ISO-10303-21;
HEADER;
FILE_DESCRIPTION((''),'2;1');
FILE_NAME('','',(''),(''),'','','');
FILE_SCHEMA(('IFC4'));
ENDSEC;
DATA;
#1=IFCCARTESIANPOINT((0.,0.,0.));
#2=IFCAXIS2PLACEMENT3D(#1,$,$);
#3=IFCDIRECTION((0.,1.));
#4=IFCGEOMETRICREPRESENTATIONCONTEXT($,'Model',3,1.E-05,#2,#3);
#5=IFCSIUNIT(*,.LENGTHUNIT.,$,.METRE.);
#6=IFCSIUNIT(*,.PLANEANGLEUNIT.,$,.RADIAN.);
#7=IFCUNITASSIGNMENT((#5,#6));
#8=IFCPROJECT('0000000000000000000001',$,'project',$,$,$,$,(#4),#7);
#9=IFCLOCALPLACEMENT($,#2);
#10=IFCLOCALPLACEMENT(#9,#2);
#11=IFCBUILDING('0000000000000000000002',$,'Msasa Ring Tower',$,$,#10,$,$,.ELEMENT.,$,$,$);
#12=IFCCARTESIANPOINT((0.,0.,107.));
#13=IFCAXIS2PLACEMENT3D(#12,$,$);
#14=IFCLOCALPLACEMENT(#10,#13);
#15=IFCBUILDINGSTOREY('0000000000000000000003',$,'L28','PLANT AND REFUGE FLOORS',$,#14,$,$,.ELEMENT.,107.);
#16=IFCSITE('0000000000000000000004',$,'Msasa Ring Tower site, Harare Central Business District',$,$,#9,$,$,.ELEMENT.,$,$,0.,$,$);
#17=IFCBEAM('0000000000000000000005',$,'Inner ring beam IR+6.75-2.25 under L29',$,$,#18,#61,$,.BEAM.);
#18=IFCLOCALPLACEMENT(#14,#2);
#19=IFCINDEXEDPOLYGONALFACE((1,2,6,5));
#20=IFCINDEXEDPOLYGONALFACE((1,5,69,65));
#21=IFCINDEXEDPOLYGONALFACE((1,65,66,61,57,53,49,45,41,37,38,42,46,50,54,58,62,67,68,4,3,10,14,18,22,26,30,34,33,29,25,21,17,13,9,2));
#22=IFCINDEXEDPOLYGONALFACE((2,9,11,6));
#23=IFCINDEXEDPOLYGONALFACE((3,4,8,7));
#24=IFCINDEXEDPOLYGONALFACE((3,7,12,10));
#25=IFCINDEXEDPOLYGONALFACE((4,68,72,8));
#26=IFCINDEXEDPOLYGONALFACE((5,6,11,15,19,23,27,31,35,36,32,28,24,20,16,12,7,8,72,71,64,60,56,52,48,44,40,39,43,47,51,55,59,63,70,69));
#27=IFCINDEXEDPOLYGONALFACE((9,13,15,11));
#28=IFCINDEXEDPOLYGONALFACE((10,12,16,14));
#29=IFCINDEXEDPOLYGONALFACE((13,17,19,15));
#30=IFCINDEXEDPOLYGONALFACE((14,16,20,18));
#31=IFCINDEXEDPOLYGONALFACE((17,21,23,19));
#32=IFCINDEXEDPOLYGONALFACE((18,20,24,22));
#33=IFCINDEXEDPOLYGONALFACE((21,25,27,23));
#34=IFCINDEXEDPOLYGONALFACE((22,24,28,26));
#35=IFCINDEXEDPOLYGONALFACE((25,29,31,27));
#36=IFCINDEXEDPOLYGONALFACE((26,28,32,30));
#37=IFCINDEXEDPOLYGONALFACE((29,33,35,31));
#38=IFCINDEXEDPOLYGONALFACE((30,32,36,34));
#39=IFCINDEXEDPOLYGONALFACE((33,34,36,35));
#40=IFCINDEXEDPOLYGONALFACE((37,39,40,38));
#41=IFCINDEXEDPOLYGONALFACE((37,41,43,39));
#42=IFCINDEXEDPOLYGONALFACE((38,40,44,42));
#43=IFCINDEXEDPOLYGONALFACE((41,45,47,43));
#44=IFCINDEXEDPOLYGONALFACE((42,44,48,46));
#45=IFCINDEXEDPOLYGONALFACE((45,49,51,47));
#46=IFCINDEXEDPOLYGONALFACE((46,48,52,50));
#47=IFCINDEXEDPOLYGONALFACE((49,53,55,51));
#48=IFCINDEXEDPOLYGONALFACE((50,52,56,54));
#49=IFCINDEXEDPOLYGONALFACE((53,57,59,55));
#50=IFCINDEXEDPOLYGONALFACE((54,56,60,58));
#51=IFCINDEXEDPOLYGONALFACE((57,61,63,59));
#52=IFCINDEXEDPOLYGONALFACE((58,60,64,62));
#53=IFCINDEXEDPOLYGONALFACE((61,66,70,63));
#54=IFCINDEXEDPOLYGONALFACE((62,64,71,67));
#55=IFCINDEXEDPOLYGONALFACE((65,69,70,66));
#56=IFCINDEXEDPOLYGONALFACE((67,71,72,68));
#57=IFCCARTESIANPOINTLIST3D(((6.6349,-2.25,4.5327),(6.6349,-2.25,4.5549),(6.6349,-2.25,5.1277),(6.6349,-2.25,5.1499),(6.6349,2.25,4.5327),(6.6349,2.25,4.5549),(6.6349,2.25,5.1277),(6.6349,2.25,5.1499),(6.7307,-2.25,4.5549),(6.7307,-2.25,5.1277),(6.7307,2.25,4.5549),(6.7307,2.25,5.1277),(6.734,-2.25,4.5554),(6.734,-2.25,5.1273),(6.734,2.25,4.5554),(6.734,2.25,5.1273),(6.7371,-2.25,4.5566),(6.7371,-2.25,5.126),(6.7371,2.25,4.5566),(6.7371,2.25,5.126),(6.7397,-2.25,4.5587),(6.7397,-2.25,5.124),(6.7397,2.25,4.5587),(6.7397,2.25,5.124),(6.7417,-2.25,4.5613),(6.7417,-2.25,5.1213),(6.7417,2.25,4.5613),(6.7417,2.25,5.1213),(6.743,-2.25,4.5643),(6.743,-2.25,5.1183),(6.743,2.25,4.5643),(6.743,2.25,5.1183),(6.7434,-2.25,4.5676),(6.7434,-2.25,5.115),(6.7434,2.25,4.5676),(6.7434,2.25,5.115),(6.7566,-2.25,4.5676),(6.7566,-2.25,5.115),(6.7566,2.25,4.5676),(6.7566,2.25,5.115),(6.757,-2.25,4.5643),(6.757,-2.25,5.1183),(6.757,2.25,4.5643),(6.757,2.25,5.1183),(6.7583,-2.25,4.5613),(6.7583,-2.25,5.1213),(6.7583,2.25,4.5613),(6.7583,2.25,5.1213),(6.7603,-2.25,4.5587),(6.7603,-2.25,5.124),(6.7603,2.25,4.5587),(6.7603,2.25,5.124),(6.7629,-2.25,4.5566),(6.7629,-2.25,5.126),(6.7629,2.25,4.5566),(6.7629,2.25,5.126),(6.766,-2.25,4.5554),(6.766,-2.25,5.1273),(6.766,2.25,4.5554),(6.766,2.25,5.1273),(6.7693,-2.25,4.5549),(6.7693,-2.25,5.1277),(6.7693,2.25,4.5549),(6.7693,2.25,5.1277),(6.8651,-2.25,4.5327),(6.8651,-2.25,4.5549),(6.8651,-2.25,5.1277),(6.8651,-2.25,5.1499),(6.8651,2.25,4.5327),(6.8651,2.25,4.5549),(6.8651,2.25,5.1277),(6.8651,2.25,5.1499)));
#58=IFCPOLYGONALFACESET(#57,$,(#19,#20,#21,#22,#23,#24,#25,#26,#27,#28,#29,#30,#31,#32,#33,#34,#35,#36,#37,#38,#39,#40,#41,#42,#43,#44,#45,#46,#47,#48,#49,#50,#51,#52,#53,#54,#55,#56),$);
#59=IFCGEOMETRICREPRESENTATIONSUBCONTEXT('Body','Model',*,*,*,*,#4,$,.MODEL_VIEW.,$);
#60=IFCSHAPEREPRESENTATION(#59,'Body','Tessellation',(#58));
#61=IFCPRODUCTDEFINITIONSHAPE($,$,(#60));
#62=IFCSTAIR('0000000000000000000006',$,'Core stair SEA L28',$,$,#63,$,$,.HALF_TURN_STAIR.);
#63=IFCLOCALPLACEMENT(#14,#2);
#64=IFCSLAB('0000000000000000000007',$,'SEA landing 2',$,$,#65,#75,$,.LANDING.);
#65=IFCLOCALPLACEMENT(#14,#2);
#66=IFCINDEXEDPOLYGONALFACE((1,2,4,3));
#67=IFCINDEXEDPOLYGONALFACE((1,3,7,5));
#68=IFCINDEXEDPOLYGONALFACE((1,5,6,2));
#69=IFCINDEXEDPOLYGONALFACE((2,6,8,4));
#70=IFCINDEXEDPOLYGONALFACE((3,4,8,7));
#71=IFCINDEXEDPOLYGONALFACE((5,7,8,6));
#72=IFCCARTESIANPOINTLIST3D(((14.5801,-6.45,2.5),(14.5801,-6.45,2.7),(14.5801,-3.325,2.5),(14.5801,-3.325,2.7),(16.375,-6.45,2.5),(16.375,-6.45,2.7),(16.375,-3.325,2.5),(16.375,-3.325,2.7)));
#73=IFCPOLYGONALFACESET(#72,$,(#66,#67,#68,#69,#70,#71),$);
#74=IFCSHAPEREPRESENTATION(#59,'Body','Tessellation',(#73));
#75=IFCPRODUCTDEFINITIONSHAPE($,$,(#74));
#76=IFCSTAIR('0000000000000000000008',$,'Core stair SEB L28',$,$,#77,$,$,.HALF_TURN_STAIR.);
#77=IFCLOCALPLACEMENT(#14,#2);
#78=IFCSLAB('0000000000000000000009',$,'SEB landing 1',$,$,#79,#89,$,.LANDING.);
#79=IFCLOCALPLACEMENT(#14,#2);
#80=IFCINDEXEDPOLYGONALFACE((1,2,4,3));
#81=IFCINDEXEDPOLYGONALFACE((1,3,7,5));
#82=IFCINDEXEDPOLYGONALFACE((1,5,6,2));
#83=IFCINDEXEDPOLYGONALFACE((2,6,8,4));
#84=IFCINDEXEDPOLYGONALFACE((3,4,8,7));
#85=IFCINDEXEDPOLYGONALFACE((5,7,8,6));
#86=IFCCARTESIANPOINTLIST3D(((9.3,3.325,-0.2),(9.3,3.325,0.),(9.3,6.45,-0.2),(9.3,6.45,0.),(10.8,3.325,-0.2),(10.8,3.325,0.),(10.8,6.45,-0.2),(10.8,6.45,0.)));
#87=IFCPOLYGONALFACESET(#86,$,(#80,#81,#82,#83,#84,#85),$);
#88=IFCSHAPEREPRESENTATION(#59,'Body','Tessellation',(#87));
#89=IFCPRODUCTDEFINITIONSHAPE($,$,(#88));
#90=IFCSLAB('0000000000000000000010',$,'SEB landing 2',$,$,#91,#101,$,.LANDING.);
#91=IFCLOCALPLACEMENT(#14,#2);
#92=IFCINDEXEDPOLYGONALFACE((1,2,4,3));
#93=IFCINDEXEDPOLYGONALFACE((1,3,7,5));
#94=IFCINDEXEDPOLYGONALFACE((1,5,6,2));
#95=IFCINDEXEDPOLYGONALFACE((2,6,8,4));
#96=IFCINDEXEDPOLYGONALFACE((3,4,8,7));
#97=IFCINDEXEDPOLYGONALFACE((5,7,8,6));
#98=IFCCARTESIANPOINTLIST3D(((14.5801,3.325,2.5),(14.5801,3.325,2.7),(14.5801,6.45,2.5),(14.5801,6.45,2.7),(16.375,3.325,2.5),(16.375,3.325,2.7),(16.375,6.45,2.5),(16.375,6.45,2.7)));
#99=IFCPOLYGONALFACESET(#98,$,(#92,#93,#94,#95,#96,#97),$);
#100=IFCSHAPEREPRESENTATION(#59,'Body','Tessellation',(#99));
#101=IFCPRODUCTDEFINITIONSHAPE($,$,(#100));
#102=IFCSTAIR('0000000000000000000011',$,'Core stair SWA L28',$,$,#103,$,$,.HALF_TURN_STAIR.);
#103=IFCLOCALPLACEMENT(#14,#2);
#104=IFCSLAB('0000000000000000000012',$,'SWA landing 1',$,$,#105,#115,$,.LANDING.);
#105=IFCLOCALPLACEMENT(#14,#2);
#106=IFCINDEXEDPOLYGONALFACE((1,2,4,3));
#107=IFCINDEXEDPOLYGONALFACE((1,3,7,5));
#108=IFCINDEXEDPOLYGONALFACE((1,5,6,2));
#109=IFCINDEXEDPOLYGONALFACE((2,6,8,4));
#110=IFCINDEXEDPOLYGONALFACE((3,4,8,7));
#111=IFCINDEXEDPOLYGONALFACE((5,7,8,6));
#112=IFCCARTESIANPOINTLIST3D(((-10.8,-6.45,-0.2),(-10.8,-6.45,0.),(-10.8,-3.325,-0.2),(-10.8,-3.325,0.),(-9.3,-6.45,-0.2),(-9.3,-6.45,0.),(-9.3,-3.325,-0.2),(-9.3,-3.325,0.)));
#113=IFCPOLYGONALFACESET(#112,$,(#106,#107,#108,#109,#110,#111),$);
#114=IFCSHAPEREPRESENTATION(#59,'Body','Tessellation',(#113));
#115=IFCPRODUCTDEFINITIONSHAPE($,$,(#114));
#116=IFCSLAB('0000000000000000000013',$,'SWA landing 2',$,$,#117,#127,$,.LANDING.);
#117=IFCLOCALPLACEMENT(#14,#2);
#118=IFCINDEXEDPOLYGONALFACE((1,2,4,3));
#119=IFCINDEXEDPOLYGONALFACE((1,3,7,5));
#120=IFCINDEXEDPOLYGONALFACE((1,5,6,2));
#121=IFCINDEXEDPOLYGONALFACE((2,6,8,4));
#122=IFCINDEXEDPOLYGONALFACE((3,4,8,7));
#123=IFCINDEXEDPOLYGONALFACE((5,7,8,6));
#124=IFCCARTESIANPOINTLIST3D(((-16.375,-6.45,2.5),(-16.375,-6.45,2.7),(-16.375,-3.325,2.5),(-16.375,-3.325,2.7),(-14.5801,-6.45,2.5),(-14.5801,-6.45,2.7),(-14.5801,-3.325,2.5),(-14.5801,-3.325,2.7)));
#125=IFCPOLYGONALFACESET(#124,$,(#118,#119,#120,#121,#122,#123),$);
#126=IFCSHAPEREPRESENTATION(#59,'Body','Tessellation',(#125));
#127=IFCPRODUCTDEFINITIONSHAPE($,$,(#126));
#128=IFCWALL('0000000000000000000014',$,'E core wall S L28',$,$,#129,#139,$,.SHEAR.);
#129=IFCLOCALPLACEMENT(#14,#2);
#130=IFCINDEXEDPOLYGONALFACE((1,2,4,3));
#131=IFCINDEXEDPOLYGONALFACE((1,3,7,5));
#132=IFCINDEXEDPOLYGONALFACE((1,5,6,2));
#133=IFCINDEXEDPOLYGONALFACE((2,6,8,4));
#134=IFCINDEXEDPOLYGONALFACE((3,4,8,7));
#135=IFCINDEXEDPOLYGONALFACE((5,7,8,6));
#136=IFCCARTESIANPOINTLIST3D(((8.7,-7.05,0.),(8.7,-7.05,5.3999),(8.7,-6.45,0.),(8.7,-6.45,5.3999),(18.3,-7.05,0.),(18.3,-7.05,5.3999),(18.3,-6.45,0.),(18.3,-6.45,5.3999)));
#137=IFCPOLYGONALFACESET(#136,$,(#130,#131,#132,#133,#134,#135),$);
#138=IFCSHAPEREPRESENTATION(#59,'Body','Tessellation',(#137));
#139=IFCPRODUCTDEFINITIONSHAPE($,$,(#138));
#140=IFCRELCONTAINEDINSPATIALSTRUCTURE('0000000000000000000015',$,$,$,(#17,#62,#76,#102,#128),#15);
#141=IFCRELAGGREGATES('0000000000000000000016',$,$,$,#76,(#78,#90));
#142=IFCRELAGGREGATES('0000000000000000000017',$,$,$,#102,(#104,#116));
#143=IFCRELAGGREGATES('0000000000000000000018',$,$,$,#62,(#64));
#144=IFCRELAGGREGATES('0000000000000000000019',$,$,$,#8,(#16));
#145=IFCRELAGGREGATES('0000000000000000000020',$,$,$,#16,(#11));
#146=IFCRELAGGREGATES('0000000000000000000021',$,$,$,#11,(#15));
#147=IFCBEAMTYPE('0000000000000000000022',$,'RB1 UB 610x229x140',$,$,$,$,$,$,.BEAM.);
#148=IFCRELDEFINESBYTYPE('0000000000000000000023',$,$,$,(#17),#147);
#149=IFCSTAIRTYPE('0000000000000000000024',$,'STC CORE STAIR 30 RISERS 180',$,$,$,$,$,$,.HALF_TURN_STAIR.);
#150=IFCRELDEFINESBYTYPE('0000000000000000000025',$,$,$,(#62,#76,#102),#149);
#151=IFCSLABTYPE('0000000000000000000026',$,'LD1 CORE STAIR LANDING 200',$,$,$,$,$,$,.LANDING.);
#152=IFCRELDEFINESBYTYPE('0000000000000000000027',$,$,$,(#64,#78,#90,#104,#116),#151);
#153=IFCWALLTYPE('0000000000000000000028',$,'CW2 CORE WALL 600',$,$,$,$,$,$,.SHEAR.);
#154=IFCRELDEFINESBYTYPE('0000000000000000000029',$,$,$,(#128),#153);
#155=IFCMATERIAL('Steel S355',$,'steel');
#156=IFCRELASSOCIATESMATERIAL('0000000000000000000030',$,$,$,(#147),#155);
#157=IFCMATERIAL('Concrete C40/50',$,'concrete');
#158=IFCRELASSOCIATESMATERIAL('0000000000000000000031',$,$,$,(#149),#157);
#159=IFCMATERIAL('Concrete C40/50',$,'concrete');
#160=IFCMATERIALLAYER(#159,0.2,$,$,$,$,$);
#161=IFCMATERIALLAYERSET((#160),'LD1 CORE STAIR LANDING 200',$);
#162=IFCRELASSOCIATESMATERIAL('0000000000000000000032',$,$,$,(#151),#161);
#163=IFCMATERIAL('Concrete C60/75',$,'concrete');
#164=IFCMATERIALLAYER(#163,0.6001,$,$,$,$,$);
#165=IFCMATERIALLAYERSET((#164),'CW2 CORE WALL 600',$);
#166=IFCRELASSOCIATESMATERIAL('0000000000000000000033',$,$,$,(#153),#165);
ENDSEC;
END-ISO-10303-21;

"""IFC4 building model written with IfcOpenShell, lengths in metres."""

from ifc_helpers import new_model, si_unit, direction, frame, frame_2d, origin, origin_2d, place, context, subcontext, project, spatial, polyline, rectangle, i_section, outline, extrude, material, layer, layer_set, material_profile, profile_set, type_object, element, aggregate, save


model = new_model("IFC4")

# Units and contexts
model_context = context("Model", 3, precision=1e-05, world=origin(), true_north=direction((0.0, 1.0)))
body_context = subcontext(model_context, "Body", "Model", "MODEL_VIEW")
ifc_project = project(units=[si_unit("LENGTHUNIT", "METRE"), si_unit("PLANEANGLEUNIT", "RADIAN")], contexts=[model_context])

# Site, building, storey
site_placement = place(None, origin())
site = spatial("IfcSite", under=ifc_project, at=site_placement, Name="Msasa Ring Tower site, Harare Central Business District", CompositionType="ELEMENT", RefElevation=0.0)
building_placement = place(site_placement, origin())
building = spatial("IfcBuilding", under=site, at=building_placement, Name="Msasa Ring Tower", CompositionType="ELEMENT")
storey_placement = place(building_placement, frame((0.0, 0.0, 107.0)))
storey = spatial("IfcBuildingStorey", under=building, at=storey_placement, Name="L28", Description="PLANT AND REFUGE FLOORS", CompositionType="ELEMENT", Elevation=107.0)

# Beam
ifc_material_1 = material(Name="Steel S355", Category="steel")
ifc_material_profile_1 = material_profile(ifc_material_1, i_section(OverallWidth=0.2302, OverallDepth=0.6172, WebThickness=0.0132, FlangeThickness=0.0222, FilletRadius=0.0127, at=origin_2d()), Name="UB 610x229x140")
ifc_profile_set_1 = profile_set([ifc_material_profile_1], Name="Steel S355")
beam_type_1 = type_object("IfcBeamType", Name="RB1 UB 610x229x140", PredefinedType="BEAM", material=ifc_profile_set_1)
for number, where, z_axis, x_axis, name in (
    (1, (6.75, -2.25, 4.8413), (0.0, 1.0, 0.0), (-1.0, 0.0, 0.0), "Inner ring beam IR+6.75-2.25 under L29"),
):
    element("IfcBeam", number, at=place(storey_placement, frame(where, z_axis=z_axis, x_axis=x_axis)), inside=storey, type_object=beam_type_1, Name=name, PredefinedType="BEAM", context=body_context, shape_type="SweptSolid", body=[
        extrude(i_section(OverallWidth=0.2302, OverallDepth=0.6172, WebThickness=0.0132, FlangeThickness=0.0222, FilletRadius=0.0127, at=origin_2d()), origin(), (0.0, 0.0, 1.0), 4.5),
    ])

# Stair, slab
ifc_material_2 = material(Name="Concrete C40/50", Category="concrete")
stair_type = type_object("IfcStairType", Name="STC CORE STAIR 30 RISERS 180", PredefinedType="HALF_TURN_STAIR", material=ifc_material_2)
stair_1_placement = place(storey_placement, origin())
stair_1 = element("IfcStair", 2, at=stair_1_placement, inside=storey, type_object=stair_type, Name="Core stair SEA L28", PredefinedType="HALF_TURN_STAIR")
ifc_material_3 = material(Name="Concrete C40/50", Category="concrete")
ifc_layer_1 = layer(ifc_material_3, 0.2)
ifc_layer_set_1 = layer_set([ifc_layer_1], Name="LD1 CORE STAIR LANDING 200")
slab_type = type_object("IfcSlabType", Name="LD1 CORE STAIR LANDING 200", PredefinedType="LANDING", material=ifc_layer_set_1)
slab_1_placement = place(storey_placement, frame((0.0, 0.0, 2.5)))
slab_1 = element("IfcSlab", 3, at=slab_1_placement, type_object=slab_type, Name="SEA landing 2", PredefinedType="LANDING", context=body_context, shape_type="SweptSolid", body=[
    extrude(outline(polyline([(14.5801, -6.45), (16.375, -6.45), (16.375, -3.325), (14.5801, -3.325), (14.5801, -6.45)])), origin(), (0.0, 0.0, 1.0), 0.2),
])

# Stairs, slabs
stair_2_placement = place(storey_placement, origin())
stair_2 = element("IfcStair", 4, at=stair_2_placement, inside=storey, type_object=stair_type, Name="Core stair SEB L28", PredefinedType="HALF_TURN_STAIR")
slab_2_placement = place(storey_placement, frame((0.0, 0.0, -0.2)))
slab_2 = element("IfcSlab", 5, at=slab_2_placement, type_object=slab_type, Name="SEB landing 1", PredefinedType="LANDING", context=body_context, shape_type="SweptSolid", body=[
    extrude(outline(polyline([(9.3, 3.325), (10.8, 3.325), (10.8, 6.45), (9.3, 6.45), (9.3, 3.325)])), origin(), (0.0, 0.0, 1.0), 0.2),
])
slab_3_placement = place(storey_placement, frame((0.0, 0.0, 2.5)))
slab_3 = element("IfcSlab", 6, at=slab_3_placement, type_object=slab_type, Name="SEB landing 2", PredefinedType="LANDING", context=body_context, shape_type="SweptSolid", body=[
    extrude(outline(polyline([(14.5801, 3.325), (16.375, 3.325), (16.375, 6.45), (14.5801, 6.45), (14.5801, 3.325)])), origin(), (0.0, 0.0, 1.0), 0.2),
])
aggregate(stair_2, [slab_2, slab_3])
stair_3_placement = place(storey_placement, origin())
stair_3 = element("IfcStair", 7, at=stair_3_placement, inside=storey, type_object=stair_type, Name="Core stair SWA L28", PredefinedType="HALF_TURN_STAIR")
slab_4_placement = place(storey_placement, frame((0.0, 0.0, -0.2)))
slab_4 = element("IfcSlab", 8, at=slab_4_placement, type_object=slab_type, Name="SWA landing 1", PredefinedType="LANDING", context=body_context, shape_type="SweptSolid", body=[
    extrude(outline(polyline([(-10.8, -6.45), (-9.3, -6.45), (-9.3, -3.325), (-10.8, -3.325), (-10.8, -6.45)])), origin(), (0.0, 0.0, 1.0), 0.2),
])
slab_5_placement = place(storey_placement, frame((0.0, 0.0, 2.5)))
slab_5 = element("IfcSlab", 9, at=slab_5_placement, type_object=slab_type, Name="SWA landing 2", PredefinedType="LANDING", context=body_context, shape_type="SweptSolid", body=[
    extrude(outline(polyline([(-16.375, -6.45), (-14.5801, -6.45), (-14.5801, -3.325), (-16.375, -3.325), (-16.375, -6.45)])), origin(), (0.0, 0.0, 1.0), 0.2),
])
aggregate(stair_3, [slab_4, slab_5])

# Wall
ifc_material_4 = material(Name="Concrete C60/75", Category="concrete")
ifc_layer_2 = layer(ifc_material_4, 0.6001)
ifc_layer_set_2 = layer_set([ifc_layer_2], Name="CW2 CORE WALL 600")
wall_type_1 = type_object("IfcWallType", Name="CW2 CORE WALL 600", PredefinedType="SHEAR", material=ifc_layer_set_2)
wall_1_placement = place(storey_placement, frame((8.7, -6.75, 0.0), z_axis=(0.0, 0.0, 1.0), x_axis=(1.0, 0.0, 0.0)))
element("IfcWall", 10, at=wall_1_placement, inside=storey, type_object=wall_type_1, Name="E core wall S L28", PredefinedType="SHEAR", context=body_context, shape_type="SweptSolid", body=[
    extrude(rectangle(XDim=9.6001, YDim=0.6001, at=frame_2d((4.8, 0.0))), origin(), (0.0, 0.0, 1.0), 5.3999),
])

aggregate(stair_1, [slab_1])

save(model, "model.ifc")
